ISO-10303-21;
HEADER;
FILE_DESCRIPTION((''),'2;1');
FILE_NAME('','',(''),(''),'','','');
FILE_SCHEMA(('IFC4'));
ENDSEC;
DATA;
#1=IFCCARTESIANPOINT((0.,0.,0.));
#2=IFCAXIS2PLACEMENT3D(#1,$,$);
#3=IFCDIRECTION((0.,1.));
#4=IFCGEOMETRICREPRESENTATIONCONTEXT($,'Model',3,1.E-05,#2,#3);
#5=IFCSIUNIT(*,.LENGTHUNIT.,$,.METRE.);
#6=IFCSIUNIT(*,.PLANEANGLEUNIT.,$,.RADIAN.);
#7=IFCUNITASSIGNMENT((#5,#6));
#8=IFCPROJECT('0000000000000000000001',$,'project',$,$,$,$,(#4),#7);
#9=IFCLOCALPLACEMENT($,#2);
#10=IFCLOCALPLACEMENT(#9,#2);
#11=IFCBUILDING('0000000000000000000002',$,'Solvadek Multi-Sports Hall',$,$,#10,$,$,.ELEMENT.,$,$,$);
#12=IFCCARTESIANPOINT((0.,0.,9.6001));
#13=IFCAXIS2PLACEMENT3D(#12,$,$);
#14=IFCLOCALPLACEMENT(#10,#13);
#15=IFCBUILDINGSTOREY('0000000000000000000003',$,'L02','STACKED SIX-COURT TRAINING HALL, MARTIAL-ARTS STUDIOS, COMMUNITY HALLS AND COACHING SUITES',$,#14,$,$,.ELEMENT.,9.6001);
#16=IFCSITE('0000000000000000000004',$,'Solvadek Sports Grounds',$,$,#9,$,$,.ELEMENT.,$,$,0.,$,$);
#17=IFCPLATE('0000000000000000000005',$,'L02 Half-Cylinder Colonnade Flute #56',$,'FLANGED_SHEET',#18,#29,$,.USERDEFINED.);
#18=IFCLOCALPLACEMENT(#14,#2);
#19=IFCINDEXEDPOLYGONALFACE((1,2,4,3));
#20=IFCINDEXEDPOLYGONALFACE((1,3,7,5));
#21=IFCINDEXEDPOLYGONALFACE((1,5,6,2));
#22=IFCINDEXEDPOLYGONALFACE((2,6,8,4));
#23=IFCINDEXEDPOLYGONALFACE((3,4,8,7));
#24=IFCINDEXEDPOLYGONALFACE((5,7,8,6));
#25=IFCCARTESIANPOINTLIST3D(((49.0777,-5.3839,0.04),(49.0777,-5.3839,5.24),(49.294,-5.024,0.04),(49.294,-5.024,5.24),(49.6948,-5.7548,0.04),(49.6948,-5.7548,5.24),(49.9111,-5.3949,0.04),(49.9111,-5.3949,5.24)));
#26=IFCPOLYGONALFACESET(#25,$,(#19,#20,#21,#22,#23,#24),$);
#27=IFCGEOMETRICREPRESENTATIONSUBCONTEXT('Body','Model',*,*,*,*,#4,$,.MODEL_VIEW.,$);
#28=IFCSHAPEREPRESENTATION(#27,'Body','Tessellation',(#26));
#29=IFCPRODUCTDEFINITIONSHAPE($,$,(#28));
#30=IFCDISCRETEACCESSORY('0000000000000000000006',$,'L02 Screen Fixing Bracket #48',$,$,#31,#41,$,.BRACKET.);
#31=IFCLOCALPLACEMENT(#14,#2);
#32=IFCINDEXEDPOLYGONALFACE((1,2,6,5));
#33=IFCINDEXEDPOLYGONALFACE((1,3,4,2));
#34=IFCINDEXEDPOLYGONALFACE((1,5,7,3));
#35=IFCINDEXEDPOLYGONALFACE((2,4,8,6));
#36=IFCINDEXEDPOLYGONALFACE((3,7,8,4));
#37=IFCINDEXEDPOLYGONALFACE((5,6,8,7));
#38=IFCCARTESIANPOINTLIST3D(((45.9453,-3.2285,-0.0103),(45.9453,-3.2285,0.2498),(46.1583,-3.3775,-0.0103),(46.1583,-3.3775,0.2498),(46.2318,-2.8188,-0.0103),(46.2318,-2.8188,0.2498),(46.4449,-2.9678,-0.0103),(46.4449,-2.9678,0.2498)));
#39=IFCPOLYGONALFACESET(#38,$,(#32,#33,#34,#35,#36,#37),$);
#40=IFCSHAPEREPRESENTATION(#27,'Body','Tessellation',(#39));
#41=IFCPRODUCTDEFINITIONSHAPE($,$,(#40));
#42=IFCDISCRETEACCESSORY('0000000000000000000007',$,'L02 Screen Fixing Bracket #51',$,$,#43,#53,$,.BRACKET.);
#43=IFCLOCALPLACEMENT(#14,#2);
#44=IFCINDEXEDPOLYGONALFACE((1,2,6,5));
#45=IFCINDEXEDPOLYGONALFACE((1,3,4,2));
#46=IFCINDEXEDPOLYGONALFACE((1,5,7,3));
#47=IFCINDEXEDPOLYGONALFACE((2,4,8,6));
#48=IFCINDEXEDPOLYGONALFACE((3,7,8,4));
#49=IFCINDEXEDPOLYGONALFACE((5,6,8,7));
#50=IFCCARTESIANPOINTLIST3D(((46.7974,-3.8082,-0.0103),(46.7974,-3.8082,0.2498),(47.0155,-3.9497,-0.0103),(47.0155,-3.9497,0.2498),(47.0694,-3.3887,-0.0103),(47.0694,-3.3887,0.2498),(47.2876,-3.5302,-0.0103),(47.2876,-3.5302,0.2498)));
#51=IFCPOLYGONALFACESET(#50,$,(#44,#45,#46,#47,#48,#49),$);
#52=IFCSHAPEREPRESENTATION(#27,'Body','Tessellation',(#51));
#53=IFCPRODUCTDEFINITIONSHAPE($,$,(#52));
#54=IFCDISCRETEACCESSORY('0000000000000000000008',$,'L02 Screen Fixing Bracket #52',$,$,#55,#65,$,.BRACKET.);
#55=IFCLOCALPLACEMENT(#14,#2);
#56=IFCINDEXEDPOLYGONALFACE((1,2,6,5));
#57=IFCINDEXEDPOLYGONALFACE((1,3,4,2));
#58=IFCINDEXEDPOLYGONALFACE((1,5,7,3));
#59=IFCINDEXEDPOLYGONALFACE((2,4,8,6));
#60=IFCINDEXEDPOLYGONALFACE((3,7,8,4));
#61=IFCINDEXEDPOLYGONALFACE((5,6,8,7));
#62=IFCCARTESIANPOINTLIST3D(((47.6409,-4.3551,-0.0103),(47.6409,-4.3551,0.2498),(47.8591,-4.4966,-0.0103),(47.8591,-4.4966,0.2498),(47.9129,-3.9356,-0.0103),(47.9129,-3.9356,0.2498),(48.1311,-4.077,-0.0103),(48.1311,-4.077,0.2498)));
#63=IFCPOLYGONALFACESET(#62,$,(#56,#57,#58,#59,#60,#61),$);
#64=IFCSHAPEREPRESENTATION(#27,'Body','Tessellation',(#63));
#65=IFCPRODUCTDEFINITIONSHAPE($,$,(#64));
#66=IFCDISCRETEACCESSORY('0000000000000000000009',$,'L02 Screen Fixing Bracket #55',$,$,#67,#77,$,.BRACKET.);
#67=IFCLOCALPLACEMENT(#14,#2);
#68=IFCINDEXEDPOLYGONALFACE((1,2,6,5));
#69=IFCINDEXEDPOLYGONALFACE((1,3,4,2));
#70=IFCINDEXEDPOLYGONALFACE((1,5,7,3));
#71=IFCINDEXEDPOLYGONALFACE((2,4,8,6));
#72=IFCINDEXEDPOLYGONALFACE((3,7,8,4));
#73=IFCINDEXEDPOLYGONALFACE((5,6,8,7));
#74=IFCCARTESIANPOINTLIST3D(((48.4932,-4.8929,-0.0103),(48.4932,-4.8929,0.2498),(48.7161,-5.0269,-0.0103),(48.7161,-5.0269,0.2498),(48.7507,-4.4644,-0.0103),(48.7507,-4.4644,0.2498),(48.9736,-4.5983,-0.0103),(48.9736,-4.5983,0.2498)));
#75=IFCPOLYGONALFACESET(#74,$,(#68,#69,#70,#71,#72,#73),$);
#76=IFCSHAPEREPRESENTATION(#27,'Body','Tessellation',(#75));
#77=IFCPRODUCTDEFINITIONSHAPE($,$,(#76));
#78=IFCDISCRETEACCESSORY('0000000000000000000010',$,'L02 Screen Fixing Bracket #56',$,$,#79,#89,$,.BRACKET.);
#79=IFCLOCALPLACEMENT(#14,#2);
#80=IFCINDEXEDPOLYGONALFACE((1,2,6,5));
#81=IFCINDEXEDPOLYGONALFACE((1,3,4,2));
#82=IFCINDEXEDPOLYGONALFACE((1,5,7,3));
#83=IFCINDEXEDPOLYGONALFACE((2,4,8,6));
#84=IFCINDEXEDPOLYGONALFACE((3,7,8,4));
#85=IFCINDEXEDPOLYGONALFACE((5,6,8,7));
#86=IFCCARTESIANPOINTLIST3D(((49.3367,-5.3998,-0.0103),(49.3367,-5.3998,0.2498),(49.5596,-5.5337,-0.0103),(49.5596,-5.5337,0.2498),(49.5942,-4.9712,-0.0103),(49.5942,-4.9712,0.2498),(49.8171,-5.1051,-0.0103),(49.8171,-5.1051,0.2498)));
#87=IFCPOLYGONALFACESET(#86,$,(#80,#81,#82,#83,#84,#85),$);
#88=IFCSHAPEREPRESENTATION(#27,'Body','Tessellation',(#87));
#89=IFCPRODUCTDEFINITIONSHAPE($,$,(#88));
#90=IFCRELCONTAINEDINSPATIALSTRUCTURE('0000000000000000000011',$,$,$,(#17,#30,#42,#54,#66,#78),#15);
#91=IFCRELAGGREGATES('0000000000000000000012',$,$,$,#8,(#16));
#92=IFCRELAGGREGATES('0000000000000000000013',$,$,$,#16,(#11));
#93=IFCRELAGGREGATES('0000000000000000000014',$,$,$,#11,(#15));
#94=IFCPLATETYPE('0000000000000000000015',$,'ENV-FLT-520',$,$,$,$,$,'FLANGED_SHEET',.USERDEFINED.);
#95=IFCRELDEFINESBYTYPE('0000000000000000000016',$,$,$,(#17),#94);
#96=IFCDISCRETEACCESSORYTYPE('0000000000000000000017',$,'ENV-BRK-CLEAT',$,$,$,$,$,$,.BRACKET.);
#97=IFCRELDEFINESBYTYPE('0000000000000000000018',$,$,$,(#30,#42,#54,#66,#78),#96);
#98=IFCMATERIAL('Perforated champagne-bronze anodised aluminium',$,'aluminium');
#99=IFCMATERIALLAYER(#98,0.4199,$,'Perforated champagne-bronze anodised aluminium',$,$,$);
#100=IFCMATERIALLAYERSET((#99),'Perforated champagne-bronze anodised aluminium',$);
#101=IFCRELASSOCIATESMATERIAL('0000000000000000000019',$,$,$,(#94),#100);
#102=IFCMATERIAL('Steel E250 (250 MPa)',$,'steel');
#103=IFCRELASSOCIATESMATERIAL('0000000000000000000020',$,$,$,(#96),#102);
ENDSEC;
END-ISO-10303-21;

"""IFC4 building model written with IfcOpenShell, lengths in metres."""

from ifc_helpers import new_model, si_unit, direction, frame, origin, origin_2d, place, context, subcontext, project, spatial, rectangle, extrude, material, layer, layer_set, type_object, element, save


model = new_model("IFC4")

# Units and contexts
model_context = context("Model", 3, precision=1e-05, world=origin(), true_north=direction((0.0, 1.0)))
body_context = subcontext(model_context, "Body", "Model", "MODEL_VIEW")
ifc_project = project(units=[si_unit("LENGTHUNIT", "METRE"), si_unit("PLANEANGLEUNIT", "RADIAN")], contexts=[model_context])

# Site, building, storey
site_placement = place(None, origin())
site = spatial("IfcSite", under=ifc_project, at=site_placement, Name="Solvadek Sports Grounds", CompositionType="ELEMENT", RefElevation=0.0)
building_placement = place(site_placement, origin())
building = spatial("IfcBuilding", under=site, at=building_placement, Name="Solvadek Multi-Sports Hall", CompositionType="ELEMENT")
storey_placement = place(building_placement, frame((0.0, 0.0, 9.6001)))
storey = spatial("IfcBuildingStorey", under=building, at=storey_placement, Name="L02", Description="STACKED SIX-COURT TRAINING HALL, MARTIAL-ARTS STUDIOS, COMMUNITY HALLS AND COACHING SUITES", CompositionType="ELEMENT", Elevation=9.6001)

# Shared definitions
ifc_material_1 = material(Name="Steel E250 (250 MPa)", Category="steel")

# Plate
ifc_material_2 = material(Name="Perforated champagne-bronze anodised aluminium", Category="aluminium")
ifc_layer_1 = layer(ifc_material_2, 0.4199, Name="Perforated champagne-bronze anodised aluminium")
ifc_layer_set_1 = layer_set([ifc_layer_1], Name="Perforated champagne-bronze anodised aluminium")
plate_type_1 = type_object("IfcPlateType", Name="ENV-FLT-520", ElementType="FLANGED_SHEET", PredefinedType="USERDEFINED", material=ifc_layer_set_1)
for number, where, z_axis, x_axis, name in (
    (1, (49.4944, -5.3894, 0.04), (0.0, 0.0, 1.0), (0.85713, -0.515101, 0.0), "L02 Half-Cylinder Colonnade Flute #56"),
):
    element("IfcPlate", number, at=place(storey_placement, frame(where, z_axis=z_axis, x_axis=x_axis)), inside=storey, type_object=plate_type_1, Name=name, ObjectType="FLANGED_SHEET", PredefinedType="USERDEFINED", context=body_context, shape_type="SweptSolid", body=[
        extrude(rectangle(XDim=0.72, YDim=0.4199, at=origin_2d()), origin(), (0.0, 0.0, 1.0), 5.2),
    ])

# Discrete accessories
discrete_accessory_type = type_object("IfcDiscreteAccessoryType", Name="ENV-BRK-CLEAT", PredefinedType="BRACKET", material=ifc_material_1)
for number, where, z_axis, x_axis, name in (
    (2, (46.1951, -3.0981, -0.0103), (0.0, 0.0, 1.0), (0.819513, -0.573061, 0.0), "L02 Screen Fixing Bracket #48"),
    (3, (47.0425, -3.6692, -0.0103), (0.0, 0.0, 1.0), (0.839053, -0.544049, 0.0), "L02 Screen Fixing Bracket #51"),
    (4, (47.886, -4.2161, -0.0103), (0.0, 0.0, 1.0), (0.839053, -0.544049, 0.0), "L02 Screen Fixing Bracket #52"),
    (5, (48.7334, -4.7456, -0.0103), (0.0, 0.0, 1.0), (0.85713, -0.515101, 0.0), "L02 Screen Fixing Bracket #55"),
    (6, (49.5769, -5.2524, -0.0103), (0.0, 0.0, 1.0), (0.85713, -0.515101, 0.0), "L02 Screen Fixing Bracket #56"),
):
    element("IfcDiscreteAccessory", number, at=place(storey_placement, frame(where, z_axis=z_axis, x_axis=x_axis)), inside=storey, type_object=discrete_accessory_type, Name=name, PredefinedType="BRACKET", context=body_context, shape_type="SweptSolid", body=[
        extrude(rectangle(XDim=0.26, YDim=0.5, at=origin_2d()), origin(), (0.0, 0.0, 1.0), 0.26),
    ])

save(model, "model.ifc")
